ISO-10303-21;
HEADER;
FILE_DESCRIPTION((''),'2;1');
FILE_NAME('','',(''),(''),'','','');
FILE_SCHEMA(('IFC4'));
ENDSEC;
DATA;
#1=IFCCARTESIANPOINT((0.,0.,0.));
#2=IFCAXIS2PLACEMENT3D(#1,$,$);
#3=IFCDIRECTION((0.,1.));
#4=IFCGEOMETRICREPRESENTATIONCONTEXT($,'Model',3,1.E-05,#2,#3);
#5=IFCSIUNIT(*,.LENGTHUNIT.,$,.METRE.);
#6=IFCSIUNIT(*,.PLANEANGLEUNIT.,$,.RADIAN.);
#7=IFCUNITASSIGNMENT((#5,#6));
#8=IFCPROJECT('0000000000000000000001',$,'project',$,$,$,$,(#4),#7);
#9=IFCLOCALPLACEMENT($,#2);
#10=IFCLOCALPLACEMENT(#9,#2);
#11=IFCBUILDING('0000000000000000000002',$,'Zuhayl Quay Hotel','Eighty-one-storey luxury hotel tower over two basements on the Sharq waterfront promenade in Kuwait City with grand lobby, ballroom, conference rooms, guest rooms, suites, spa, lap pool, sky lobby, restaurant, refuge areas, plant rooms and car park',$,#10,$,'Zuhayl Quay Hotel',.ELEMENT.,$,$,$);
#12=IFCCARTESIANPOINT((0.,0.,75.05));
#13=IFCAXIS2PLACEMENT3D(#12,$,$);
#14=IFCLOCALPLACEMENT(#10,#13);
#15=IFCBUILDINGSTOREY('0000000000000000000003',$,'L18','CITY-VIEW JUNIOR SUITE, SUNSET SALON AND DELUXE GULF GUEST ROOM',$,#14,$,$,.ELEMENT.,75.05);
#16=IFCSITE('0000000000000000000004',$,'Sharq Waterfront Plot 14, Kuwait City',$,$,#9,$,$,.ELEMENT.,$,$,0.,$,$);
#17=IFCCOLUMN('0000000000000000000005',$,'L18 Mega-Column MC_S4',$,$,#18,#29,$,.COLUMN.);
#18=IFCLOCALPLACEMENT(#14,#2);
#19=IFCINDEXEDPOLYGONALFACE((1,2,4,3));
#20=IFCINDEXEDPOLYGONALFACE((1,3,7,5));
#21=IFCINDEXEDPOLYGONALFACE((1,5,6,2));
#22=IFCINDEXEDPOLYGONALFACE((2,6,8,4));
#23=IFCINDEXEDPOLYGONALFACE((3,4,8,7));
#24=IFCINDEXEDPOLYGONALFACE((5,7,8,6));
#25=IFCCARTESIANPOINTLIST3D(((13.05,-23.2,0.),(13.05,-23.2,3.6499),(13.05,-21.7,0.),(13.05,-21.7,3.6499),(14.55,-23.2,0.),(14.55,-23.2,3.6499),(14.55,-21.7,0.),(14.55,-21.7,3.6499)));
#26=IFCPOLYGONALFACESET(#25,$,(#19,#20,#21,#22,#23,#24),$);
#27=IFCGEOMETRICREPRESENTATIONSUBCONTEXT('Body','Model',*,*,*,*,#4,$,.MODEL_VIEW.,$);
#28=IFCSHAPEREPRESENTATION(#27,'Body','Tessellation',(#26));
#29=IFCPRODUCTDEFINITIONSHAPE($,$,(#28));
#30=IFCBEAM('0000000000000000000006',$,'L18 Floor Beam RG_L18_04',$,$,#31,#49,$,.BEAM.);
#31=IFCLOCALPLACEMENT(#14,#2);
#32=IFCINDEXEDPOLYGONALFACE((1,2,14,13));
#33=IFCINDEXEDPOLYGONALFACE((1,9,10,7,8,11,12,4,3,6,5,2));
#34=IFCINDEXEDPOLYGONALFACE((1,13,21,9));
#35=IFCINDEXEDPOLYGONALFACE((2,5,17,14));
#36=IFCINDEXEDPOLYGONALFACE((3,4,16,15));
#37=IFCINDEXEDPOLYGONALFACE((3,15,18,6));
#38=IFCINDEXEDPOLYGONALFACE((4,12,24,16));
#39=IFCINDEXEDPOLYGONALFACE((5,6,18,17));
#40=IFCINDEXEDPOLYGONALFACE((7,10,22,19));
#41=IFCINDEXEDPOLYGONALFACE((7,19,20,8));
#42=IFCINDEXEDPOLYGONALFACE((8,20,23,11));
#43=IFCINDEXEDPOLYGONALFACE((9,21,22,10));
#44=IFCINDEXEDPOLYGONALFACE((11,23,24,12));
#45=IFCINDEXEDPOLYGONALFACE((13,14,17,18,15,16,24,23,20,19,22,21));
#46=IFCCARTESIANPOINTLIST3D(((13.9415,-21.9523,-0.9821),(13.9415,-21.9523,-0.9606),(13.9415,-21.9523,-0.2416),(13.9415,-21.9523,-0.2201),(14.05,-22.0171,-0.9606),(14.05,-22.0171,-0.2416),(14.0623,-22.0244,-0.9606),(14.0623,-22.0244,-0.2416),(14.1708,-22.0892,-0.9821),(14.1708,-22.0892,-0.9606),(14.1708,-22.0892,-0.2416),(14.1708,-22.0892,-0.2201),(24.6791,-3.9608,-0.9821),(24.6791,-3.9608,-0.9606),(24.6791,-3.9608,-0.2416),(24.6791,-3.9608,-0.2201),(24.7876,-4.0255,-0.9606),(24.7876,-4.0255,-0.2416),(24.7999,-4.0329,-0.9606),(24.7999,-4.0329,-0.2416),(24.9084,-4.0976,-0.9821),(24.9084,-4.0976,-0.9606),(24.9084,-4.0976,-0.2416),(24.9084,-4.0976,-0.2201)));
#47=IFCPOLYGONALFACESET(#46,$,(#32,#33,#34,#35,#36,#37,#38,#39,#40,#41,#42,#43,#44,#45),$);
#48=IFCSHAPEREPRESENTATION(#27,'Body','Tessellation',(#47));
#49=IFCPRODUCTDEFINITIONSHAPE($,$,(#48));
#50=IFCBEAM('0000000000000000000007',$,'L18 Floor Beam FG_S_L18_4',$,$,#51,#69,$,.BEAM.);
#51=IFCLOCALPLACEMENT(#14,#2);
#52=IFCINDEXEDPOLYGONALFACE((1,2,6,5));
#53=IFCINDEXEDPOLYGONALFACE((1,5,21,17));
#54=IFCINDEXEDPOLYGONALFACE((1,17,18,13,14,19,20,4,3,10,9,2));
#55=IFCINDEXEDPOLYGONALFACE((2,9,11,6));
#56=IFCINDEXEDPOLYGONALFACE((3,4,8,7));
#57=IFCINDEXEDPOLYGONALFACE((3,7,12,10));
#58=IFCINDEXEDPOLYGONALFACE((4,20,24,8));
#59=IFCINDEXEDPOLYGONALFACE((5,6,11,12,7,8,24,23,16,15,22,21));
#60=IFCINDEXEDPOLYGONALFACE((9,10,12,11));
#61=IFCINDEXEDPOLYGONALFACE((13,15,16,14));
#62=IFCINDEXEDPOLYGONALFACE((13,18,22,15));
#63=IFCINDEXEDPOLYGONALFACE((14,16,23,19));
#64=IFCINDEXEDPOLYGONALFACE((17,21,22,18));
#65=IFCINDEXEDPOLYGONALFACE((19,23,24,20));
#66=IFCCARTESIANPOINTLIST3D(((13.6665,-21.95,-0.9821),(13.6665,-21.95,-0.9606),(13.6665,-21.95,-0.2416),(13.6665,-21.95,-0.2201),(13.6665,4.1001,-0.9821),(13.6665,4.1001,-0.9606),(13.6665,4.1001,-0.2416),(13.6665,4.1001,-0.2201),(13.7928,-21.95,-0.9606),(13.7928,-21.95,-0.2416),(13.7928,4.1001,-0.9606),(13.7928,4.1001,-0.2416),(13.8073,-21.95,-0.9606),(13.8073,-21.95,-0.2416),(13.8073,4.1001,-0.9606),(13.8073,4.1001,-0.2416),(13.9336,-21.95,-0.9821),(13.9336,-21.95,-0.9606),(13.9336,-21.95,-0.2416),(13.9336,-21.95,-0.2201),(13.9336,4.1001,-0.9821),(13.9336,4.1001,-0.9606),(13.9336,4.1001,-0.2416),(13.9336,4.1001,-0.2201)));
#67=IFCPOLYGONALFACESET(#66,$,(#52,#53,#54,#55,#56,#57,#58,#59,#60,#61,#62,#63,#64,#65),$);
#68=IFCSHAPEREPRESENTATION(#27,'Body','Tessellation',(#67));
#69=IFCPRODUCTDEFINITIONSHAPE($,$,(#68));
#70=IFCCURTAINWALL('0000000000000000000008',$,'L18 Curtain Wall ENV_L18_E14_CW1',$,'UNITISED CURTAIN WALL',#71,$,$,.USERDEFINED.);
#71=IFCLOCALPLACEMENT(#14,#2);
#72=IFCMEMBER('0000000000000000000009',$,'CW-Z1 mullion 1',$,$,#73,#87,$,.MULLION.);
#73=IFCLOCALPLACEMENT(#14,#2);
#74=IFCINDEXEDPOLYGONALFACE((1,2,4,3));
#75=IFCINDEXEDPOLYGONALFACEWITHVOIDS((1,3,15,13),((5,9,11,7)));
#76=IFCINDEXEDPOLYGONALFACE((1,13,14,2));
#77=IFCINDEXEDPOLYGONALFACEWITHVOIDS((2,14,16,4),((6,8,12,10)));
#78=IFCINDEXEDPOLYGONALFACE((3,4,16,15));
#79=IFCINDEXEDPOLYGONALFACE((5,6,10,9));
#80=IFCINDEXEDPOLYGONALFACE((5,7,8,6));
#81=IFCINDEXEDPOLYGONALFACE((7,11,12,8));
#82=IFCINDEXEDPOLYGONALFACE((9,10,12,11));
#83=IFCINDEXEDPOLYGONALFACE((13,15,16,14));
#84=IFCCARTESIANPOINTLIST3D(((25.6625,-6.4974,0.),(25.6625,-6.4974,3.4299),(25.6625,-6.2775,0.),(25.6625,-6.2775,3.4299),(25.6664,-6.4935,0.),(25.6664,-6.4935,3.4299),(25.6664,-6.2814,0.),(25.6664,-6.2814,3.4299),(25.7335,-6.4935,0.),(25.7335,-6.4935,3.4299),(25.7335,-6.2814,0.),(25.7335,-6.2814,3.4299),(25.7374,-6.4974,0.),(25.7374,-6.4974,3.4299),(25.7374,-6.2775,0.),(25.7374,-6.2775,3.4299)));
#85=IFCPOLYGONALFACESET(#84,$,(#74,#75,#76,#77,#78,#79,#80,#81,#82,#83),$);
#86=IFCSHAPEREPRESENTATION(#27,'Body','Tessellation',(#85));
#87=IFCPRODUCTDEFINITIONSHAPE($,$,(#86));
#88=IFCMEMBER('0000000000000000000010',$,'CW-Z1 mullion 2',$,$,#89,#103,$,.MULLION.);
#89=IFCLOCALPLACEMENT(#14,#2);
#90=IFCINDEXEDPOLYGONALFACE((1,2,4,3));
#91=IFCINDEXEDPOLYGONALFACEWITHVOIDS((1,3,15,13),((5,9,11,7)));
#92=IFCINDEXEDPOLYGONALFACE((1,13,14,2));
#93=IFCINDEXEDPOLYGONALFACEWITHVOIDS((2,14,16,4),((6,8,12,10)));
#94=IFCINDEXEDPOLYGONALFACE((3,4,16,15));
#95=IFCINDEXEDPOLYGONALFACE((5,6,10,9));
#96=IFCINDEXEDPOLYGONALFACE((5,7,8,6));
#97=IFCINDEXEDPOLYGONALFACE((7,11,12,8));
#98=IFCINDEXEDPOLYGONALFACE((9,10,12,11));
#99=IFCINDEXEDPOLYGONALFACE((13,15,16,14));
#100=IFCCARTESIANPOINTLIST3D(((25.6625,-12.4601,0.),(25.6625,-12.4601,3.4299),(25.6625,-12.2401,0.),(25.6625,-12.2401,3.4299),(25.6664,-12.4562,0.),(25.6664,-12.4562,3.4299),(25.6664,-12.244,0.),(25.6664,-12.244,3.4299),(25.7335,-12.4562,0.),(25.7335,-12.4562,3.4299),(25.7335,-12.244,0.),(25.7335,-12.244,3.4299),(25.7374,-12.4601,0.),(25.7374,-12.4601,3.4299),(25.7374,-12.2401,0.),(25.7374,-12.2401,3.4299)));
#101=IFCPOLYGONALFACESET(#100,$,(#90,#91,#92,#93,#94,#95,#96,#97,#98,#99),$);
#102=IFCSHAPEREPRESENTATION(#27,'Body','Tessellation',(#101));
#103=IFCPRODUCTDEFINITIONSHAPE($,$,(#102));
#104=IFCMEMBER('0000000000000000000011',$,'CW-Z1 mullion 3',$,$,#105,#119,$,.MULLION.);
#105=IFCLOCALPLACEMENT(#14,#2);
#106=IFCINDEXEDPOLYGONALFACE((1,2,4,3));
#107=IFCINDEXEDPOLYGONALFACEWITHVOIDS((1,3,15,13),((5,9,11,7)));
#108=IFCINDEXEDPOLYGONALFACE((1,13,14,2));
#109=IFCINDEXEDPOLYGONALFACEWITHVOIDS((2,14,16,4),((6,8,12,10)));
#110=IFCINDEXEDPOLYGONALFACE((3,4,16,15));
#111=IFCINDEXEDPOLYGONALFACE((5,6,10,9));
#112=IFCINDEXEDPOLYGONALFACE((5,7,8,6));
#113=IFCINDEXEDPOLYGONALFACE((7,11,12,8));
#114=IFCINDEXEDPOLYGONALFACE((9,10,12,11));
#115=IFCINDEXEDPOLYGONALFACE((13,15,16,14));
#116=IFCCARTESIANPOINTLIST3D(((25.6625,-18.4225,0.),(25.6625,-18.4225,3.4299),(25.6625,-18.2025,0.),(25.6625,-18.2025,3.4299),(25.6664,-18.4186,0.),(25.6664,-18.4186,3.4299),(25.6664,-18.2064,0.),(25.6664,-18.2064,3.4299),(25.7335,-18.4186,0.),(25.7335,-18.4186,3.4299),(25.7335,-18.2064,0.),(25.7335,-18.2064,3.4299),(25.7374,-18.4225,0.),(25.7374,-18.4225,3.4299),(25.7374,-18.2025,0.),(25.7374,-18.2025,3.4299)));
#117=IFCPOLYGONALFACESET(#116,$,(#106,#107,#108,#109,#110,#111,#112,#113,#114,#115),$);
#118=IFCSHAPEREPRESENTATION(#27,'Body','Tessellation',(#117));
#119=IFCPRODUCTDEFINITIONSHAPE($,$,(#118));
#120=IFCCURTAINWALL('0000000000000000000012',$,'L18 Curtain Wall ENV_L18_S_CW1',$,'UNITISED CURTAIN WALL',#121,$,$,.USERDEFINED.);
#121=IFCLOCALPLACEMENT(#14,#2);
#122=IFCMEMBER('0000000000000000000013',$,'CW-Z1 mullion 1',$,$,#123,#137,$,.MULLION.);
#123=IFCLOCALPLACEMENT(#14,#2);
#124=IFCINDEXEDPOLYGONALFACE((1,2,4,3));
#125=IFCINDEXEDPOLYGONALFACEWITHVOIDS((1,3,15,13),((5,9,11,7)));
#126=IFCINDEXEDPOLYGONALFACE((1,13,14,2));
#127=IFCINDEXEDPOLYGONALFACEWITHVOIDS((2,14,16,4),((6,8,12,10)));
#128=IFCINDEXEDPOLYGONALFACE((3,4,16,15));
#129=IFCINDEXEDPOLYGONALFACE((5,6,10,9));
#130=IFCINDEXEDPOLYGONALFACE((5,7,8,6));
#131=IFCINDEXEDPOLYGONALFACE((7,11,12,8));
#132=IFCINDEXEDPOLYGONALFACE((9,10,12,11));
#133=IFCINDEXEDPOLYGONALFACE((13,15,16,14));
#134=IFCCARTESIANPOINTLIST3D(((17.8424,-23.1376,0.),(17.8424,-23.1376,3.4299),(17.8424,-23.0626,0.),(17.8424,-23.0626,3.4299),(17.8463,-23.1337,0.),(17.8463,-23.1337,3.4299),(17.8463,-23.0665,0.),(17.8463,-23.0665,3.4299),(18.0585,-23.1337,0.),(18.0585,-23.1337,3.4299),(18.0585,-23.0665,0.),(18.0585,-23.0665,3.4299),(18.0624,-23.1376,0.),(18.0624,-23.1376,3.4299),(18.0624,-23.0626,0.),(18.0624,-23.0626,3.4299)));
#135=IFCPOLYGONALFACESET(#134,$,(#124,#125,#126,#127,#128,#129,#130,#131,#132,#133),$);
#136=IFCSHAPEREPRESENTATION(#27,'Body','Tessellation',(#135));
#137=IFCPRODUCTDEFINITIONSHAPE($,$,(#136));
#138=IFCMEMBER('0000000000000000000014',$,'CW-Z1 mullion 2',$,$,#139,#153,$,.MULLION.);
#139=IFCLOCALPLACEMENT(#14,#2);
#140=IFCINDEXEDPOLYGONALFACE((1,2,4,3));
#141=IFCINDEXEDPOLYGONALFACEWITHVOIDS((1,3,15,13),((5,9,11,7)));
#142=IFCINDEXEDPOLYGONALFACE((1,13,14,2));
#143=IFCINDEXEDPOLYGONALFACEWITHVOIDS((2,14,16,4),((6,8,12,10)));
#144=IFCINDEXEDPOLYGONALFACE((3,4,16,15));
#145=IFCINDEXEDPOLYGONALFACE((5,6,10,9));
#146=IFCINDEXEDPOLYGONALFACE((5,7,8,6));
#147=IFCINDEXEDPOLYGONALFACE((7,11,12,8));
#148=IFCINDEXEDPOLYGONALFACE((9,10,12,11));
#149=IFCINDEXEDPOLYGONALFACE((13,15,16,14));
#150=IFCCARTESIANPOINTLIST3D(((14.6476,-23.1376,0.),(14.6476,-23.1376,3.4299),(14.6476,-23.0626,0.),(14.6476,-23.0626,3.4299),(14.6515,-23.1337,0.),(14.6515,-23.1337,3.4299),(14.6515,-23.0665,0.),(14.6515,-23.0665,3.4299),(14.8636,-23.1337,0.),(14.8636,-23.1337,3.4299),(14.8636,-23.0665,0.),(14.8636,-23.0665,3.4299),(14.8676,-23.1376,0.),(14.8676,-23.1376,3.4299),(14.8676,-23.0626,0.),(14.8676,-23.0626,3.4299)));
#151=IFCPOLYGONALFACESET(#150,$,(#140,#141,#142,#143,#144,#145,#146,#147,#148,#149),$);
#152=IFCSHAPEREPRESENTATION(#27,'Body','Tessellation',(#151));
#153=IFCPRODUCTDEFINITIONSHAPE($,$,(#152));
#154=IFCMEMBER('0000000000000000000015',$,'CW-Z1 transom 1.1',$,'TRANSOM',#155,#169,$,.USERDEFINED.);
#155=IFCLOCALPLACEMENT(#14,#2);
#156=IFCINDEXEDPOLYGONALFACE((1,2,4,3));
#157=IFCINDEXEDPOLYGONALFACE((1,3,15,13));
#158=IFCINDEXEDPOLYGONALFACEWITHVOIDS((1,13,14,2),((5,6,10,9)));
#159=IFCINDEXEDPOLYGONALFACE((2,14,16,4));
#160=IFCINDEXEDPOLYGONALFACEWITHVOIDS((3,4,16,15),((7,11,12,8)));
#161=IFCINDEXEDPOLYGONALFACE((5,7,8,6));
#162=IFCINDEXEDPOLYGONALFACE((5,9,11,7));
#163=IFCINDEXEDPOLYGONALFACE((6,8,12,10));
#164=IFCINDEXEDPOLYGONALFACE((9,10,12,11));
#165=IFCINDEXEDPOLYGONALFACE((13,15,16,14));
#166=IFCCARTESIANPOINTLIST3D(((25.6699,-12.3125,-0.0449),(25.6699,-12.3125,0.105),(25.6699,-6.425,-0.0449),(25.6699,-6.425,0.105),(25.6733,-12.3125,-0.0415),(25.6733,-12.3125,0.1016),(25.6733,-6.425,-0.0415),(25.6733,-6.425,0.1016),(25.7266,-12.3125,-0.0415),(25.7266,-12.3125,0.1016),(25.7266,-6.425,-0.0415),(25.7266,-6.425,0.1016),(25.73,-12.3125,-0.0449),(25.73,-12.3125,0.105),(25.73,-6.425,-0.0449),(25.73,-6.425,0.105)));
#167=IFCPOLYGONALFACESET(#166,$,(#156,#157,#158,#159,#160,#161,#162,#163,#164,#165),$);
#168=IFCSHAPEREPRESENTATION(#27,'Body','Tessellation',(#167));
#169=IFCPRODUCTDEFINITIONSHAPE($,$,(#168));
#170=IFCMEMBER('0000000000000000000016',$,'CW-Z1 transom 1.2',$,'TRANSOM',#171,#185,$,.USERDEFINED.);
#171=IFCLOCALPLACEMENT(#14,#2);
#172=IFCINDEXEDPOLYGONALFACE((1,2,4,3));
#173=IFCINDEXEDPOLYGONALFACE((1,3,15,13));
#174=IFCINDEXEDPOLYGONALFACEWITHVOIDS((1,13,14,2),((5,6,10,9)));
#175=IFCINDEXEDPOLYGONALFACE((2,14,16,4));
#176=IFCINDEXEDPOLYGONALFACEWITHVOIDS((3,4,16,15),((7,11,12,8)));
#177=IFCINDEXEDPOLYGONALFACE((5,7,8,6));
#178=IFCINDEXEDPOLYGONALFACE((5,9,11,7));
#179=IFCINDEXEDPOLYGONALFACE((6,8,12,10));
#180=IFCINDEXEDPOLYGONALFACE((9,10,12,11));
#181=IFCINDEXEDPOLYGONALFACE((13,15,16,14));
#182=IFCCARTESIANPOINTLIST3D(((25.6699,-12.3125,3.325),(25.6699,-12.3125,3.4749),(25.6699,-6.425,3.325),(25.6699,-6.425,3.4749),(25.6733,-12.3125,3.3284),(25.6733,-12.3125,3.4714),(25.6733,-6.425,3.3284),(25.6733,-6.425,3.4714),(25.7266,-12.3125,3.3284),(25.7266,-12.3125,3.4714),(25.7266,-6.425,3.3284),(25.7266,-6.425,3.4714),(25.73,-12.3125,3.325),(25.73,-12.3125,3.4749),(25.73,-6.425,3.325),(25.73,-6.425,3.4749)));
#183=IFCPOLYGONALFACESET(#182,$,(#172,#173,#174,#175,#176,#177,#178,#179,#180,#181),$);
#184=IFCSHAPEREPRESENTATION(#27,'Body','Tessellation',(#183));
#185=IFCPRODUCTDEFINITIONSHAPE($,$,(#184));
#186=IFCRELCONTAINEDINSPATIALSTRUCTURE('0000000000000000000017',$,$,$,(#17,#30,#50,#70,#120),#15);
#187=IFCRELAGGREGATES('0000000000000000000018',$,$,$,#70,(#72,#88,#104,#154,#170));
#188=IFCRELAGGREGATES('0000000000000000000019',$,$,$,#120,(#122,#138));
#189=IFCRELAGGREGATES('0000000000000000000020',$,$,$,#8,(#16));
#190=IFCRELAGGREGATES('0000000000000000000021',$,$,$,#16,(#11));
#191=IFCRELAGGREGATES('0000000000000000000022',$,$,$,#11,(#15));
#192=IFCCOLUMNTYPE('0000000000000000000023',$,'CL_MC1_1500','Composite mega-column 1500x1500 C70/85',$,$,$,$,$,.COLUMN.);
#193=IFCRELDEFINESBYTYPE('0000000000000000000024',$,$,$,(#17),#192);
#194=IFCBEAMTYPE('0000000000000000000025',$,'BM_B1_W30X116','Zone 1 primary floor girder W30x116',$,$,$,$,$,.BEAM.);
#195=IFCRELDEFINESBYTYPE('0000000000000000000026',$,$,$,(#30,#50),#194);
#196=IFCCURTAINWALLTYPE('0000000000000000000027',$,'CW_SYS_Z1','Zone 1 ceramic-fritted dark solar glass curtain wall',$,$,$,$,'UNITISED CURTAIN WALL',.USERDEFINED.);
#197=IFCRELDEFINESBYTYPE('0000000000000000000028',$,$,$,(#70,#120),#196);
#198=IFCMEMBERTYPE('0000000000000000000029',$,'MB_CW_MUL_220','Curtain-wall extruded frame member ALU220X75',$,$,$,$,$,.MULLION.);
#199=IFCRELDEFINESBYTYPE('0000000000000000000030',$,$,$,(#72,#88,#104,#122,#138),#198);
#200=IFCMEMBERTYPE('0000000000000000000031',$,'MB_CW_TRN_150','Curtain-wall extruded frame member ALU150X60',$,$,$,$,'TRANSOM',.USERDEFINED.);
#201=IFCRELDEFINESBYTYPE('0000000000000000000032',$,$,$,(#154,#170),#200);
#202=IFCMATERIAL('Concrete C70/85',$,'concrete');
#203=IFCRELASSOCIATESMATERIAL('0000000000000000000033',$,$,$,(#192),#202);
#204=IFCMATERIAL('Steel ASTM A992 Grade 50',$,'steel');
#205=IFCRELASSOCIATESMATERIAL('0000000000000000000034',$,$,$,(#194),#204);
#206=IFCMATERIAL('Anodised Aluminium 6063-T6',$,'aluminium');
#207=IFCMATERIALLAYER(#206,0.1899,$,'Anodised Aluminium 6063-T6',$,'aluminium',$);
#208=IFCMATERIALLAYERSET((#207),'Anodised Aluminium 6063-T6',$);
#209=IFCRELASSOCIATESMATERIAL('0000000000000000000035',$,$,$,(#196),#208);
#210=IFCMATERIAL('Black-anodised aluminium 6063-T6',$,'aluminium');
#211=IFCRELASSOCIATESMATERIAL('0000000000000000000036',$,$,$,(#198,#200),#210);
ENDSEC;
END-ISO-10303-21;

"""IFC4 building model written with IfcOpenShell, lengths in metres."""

from ifc_helpers import new_model, si_unit, direction, frame, origin, origin_2d, place, context, subcontext, project, spatial, rectangle, hollow_rectangle, i_section, extrude, material, layer, layer_set, material_profile, profile_set, type_object, element, aggregate, save


model = new_model("IFC4")

# Units and contexts
model_context = context("Model", 3, precision=1e-05, world=origin(), true_north=direction((0.0, 1.0)))
body_context = subcontext(model_context, "Body", "Model", "MODEL_VIEW")
ifc_project = project(units=[si_unit("LENGTHUNIT", "METRE"), si_unit("PLANEANGLEUNIT", "RADIAN")], contexts=[model_context])

# Site, building, storey
site_placement = place(None, origin())
site = spatial("IfcSite", under=ifc_project, at=site_placement, Name="Sharq Waterfront Plot 14, Kuwait City", CompositionType="ELEMENT", RefElevation=0.0)
building_placement = place(site_placement, origin())
building = spatial("IfcBuilding", under=site, at=building_placement, Name="Zuhayl Quay Hotel", Description="Eighty-one-storey luxury hotel tower over two basements on the Sharq waterfront promenade in Kuwait City with grand lobby, ballroom, conference rooms, guest rooms, suites, spa, lap pool, sky lobby, restaurant, refuge areas, plant rooms and car park", LongName="Zuhayl Quay Hotel", CompositionType="ELEMENT")
storey_placement = place(building_placement, frame((0.0, 0.0, 75.05)))
storey = spatial("IfcBuildingStorey", under=building, at=storey_placement, Name="L18", Description="CITY-VIEW JUNIOR SUITE, SUNSET SALON AND DELUXE GULF GUEST ROOM", CompositionType="ELEMENT", Elevation=75.05)

# Column
ifc_material_1 = material(Name="Concrete C70/85", Category="concrete")
ifc_material_profile_1 = material_profile(ifc_material_1, rectangle(XDim=1.5, YDim=1.5, at=origin_2d()), Name="RC1500X1500")
ifc_profile_set_1 = profile_set([ifc_material_profile_1], Name="Concrete C70/85")
column_type = type_object("IfcColumnType", Name="CL_MC1_1500", Description="Composite mega-column 1500x1500 C70/85", PredefinedType="COLUMN", material=ifc_profile_set_1)
column_placement = place(storey_placement, frame((13.8, -22.45, 0.0), z_axis=(0.0, 0.0, 1.0), x_axis=(1.0, 0.0, 0.0)))
element("IfcColumn", 1, at=column_placement, inside=storey, type_object=column_type, Name="L18 Mega-Column MC_S4", PredefinedType="COLUMN", context=body_context, shape_type="SweptSolid", body=[
    extrude(rectangle(XDim=1.5, YDim=1.5, at=origin_2d()), origin(), (0.0, 0.0, 1.0), 3.6499),
])

# Beams
ifc_material_2 = material(Name="Steel ASTM A992 Grade 50", Category="steel")
ifc_material_profile_2 = material_profile(ifc_material_2, i_section(OverallWidth=0.2671, OverallDepth=0.762, WebThickness=0.0144, FlangeThickness=0.0215, at=origin_2d()), Name="W30X116")
ifc_profile_set_2 = profile_set([ifc_material_profile_2], Name="Steel ASTM A992 Grade 50")
beam_type = type_object("IfcBeamType", Name="BM_B1_W30X116", Description="Zone 1 primary floor girder W30x116", PredefinedType="BEAM", material=ifc_profile_set_2)
beam_1_placement = place(storey_placement, frame((14.0562, -22.0208, -0.6011), z_axis=(0.512483, 0.858698, 0.0), x_axis=(-0.858698, 0.512483, 0.0)))
element("IfcBeam", 2, at=beam_1_placement, inside=storey, type_object=beam_type, Name="L18 Floor Beam RG_L18_04", PredefinedType="BEAM", context=body_context, shape_type="SweptSolid", body=[
    extrude(i_section(OverallWidth=0.2671, OverallDepth=0.762, WebThickness=0.0144, FlangeThickness=0.0215, at=origin_2d()), origin(), (0.0, 0.0, 1.0), 20.9521),
])
beam_2_placement = place(storey_placement, frame((13.8, -21.95, -0.6011), z_axis=(0.0, 1.0, 0.0), x_axis=(-1.0, 0.0, 0.0)))
element("IfcBeam", 3, at=beam_2_placement, inside=storey, type_object=beam_type, Name="L18 Floor Beam FG_S_L18_4", PredefinedType="BEAM", context=body_context, shape_type="SweptSolid", body=[
    extrude(i_section(OverallWidth=0.2671, OverallDepth=0.762, WebThickness=0.0144, FlangeThickness=0.0215, at=origin_2d()), origin(), (0.0, 0.0, 1.0), 26.05),
])

# Curtain walls, members
ifc_material_3 = material(Name="Anodised Aluminium 6063-T6", Category="aluminium")
ifc_layer_1 = layer(ifc_material_3, 0.1899, Name="Anodised Aluminium 6063-T6", Category="aluminium")
ifc_layer_set_1 = layer_set([ifc_layer_1], Name="Anodised Aluminium 6063-T6")
curtain_wall_type = type_object("IfcCurtainWallType", Name="CW_SYS_Z1", Description="Zone 1 ceramic-fritted dark solar glass curtain wall", ElementType="UNITISED CURTAIN WALL", PredefinedType="USERDEFINED", material=ifc_layer_set_1)
curtain_wall_1_placement = place(storey_placement, origin())
curtain_wall_1 = element("IfcCurtainWall", 4, at=curtain_wall_1_placement, inside=storey, type_object=curtain_wall_type, Name="L18 Curtain Wall ENV_L18_E14_CW1", ObjectType="UNITISED CURTAIN WALL", PredefinedType="USERDEFINED")
ifc_material_4 = material(Name="Black-anodised aluminium 6063-T6", Category="aluminium")
ifc_material_profile_3 = material_profile(ifc_material_4, hollow_rectangle(XDim=0.075, YDim=0.22, WallThickness=0.0039, at=origin_2d()), Name="ALU220X75")
ifc_profile_set_3 = profile_set([ifc_material_profile_3], Name="Black-anodised aluminium 6063-T6")
member_type_1 = type_object("IfcMemberType", Name="MB_CW_MUL_220", Description="Curtain-wall extruded frame member ALU220X75", PredefinedType="MULLION", material=ifc_profile_set_3)
member_1_placement = place(storey_placement, frame((25.7, -6.3875, 0.0), z_axis=(0.0, 0.0, 1.0), x_axis=(1.0, 0.0, 0.0)))
member_1 = element("IfcMember", 5, at=member_1_placement, type_object=member_type_1, Name="CW-Z1 mullion 1", PredefinedType="MULLION", context=body_context, shape_type="SweptSolid", body=[
    extrude(hollow_rectangle(XDim=0.075, YDim=0.22, WallThickness=0.0039, at=origin_2d()), origin(), (0.0, 0.0, 1.0), 3.4299),
])
member_2_placement = place(storey_placement, frame((25.7, -12.3501, 0.0), z_axis=(0.0, 0.0, 1.0), x_axis=(1.0, 0.0, 0.0)))
member_2 = element("IfcMember", 6, at=member_2_placement, type_object=member_type_1, Name="CW-Z1 mullion 2", PredefinedType="MULLION", context=body_context, shape_type="SweptSolid", body=[
    extrude(hollow_rectangle(XDim=0.075, YDim=0.22, WallThickness=0.0039, at=origin_2d()), origin(), (0.0, 0.0, 1.0), 3.4299),
])
member_3_placement = place(storey_placement, frame((25.7, -18.3125, 0.0), z_axis=(0.0, 0.0, 1.0), x_axis=(1.0, 0.0, 0.0)))
member_3 = element("IfcMember", 7, at=member_3_placement, type_object=member_type_1, Name="CW-Z1 mullion 3", PredefinedType="MULLION", context=body_context, shape_type="SweptSolid", body=[
    extrude(hollow_rectangle(XDim=0.075, YDim=0.22, WallThickness=0.0039, at=origin_2d()), origin(), (0.0, 0.0, 1.0), 3.4299),
])
curtain_wall_2_placement = place(storey_placement, origin())
curtain_wall_2 = element("IfcCurtainWall", 8, at=curtain_wall_2_placement, inside=storey, type_object=curtain_wall_type, Name="L18 Curtain Wall ENV_L18_S_CW1", ObjectType="UNITISED CURTAIN WALL", PredefinedType="USERDEFINED")
member_4_placement = place(storey_placement, frame((17.9524, -23.1001, 0.0), z_axis=(0.0, 0.0, 1.0), x_axis=(0.0, -1.0, 0.0)))
member_4 = element("IfcMember", 9, at=member_4_placement, type_object=member_type_1, Name="CW-Z1 mullion 1", PredefinedType="MULLION", context=body_context, shape_type="SweptSolid", body=[
    extrude(hollow_rectangle(XDim=0.075, YDim=0.22, WallThickness=0.0039, at=origin_2d()), origin(), (0.0, 0.0, 1.0), 3.4299),
])
member_5_placement = place(storey_placement, frame((14.7576, -23.1001, 0.0), z_axis=(0.0, 0.0, 1.0), x_axis=(0.0, -1.0, 0.0)))
member_5 = element("IfcMember", 10, at=member_5_placement, type_object=member_type_1, Name="CW-Z1 mullion 2", PredefinedType="MULLION", context=body_context, shape_type="SweptSolid", body=[
    extrude(hollow_rectangle(XDim=0.075, YDim=0.22, WallThickness=0.0039, at=origin_2d()), origin(), (0.0, 0.0, 1.0), 3.4299),
])

# Members
ifc_material_profile_4 = material_profile(ifc_material_4, hollow_rectangle(XDim=0.0601, YDim=0.1499, WallThickness=0.0034, at=origin_2d()), Name="ALU150X60")
ifc_profile_set_4 = profile_set([ifc_material_profile_4], Name="Black-anodised aluminium 6063-T6")
member_type_2 = type_object("IfcMemberType", Name="MB_CW_TRN_150", Description="Curtain-wall extruded frame member ALU150X60", ElementType="TRANSOM", PredefinedType="USERDEFINED", material=ifc_profile_set_4)
member_6_placement = place(storey_placement, frame((25.7, -6.425, 0.03), z_axis=(0.0, -1.0, 0.0), x_axis=(1.0, 0.0, 0.0)))
member_6 = element("IfcMember", 11, at=member_6_placement, type_object=member_type_2, Name="CW-Z1 transom 1.1", ObjectType="TRANSOM", PredefinedType="USERDEFINED", context=body_context, shape_type="SweptSolid", body=[
    extrude(hollow_rectangle(XDim=0.0601, YDim=0.1499, WallThickness=0.0034, at=origin_2d()), origin(), (0.0, 0.0, 1.0), 5.8875),
])
member_7_placement = place(storey_placement, frame((25.7, -6.425, 3.3999), z_axis=(0.0, -1.0, 0.0), x_axis=(1.0, 0.0, 0.0)))
member_7 = element("IfcMember", 12, at=member_7_placement, type_object=member_type_2, Name="CW-Z1 transom 1.2", ObjectType="TRANSOM", PredefinedType="USERDEFINED", context=body_context, shape_type="SweptSolid", body=[
    extrude(hollow_rectangle(XDim=0.0601, YDim=0.1499, WallThickness=0.0034, at=origin_2d()), origin(), (0.0, 0.0, 1.0), 5.8875),
])

aggregate(curtain_wall_1, [member_1, member_2, member_3, member_6, member_7])
aggregate(curtain_wall_2, [member_4, member_5])

save(model, "model.ifc")
